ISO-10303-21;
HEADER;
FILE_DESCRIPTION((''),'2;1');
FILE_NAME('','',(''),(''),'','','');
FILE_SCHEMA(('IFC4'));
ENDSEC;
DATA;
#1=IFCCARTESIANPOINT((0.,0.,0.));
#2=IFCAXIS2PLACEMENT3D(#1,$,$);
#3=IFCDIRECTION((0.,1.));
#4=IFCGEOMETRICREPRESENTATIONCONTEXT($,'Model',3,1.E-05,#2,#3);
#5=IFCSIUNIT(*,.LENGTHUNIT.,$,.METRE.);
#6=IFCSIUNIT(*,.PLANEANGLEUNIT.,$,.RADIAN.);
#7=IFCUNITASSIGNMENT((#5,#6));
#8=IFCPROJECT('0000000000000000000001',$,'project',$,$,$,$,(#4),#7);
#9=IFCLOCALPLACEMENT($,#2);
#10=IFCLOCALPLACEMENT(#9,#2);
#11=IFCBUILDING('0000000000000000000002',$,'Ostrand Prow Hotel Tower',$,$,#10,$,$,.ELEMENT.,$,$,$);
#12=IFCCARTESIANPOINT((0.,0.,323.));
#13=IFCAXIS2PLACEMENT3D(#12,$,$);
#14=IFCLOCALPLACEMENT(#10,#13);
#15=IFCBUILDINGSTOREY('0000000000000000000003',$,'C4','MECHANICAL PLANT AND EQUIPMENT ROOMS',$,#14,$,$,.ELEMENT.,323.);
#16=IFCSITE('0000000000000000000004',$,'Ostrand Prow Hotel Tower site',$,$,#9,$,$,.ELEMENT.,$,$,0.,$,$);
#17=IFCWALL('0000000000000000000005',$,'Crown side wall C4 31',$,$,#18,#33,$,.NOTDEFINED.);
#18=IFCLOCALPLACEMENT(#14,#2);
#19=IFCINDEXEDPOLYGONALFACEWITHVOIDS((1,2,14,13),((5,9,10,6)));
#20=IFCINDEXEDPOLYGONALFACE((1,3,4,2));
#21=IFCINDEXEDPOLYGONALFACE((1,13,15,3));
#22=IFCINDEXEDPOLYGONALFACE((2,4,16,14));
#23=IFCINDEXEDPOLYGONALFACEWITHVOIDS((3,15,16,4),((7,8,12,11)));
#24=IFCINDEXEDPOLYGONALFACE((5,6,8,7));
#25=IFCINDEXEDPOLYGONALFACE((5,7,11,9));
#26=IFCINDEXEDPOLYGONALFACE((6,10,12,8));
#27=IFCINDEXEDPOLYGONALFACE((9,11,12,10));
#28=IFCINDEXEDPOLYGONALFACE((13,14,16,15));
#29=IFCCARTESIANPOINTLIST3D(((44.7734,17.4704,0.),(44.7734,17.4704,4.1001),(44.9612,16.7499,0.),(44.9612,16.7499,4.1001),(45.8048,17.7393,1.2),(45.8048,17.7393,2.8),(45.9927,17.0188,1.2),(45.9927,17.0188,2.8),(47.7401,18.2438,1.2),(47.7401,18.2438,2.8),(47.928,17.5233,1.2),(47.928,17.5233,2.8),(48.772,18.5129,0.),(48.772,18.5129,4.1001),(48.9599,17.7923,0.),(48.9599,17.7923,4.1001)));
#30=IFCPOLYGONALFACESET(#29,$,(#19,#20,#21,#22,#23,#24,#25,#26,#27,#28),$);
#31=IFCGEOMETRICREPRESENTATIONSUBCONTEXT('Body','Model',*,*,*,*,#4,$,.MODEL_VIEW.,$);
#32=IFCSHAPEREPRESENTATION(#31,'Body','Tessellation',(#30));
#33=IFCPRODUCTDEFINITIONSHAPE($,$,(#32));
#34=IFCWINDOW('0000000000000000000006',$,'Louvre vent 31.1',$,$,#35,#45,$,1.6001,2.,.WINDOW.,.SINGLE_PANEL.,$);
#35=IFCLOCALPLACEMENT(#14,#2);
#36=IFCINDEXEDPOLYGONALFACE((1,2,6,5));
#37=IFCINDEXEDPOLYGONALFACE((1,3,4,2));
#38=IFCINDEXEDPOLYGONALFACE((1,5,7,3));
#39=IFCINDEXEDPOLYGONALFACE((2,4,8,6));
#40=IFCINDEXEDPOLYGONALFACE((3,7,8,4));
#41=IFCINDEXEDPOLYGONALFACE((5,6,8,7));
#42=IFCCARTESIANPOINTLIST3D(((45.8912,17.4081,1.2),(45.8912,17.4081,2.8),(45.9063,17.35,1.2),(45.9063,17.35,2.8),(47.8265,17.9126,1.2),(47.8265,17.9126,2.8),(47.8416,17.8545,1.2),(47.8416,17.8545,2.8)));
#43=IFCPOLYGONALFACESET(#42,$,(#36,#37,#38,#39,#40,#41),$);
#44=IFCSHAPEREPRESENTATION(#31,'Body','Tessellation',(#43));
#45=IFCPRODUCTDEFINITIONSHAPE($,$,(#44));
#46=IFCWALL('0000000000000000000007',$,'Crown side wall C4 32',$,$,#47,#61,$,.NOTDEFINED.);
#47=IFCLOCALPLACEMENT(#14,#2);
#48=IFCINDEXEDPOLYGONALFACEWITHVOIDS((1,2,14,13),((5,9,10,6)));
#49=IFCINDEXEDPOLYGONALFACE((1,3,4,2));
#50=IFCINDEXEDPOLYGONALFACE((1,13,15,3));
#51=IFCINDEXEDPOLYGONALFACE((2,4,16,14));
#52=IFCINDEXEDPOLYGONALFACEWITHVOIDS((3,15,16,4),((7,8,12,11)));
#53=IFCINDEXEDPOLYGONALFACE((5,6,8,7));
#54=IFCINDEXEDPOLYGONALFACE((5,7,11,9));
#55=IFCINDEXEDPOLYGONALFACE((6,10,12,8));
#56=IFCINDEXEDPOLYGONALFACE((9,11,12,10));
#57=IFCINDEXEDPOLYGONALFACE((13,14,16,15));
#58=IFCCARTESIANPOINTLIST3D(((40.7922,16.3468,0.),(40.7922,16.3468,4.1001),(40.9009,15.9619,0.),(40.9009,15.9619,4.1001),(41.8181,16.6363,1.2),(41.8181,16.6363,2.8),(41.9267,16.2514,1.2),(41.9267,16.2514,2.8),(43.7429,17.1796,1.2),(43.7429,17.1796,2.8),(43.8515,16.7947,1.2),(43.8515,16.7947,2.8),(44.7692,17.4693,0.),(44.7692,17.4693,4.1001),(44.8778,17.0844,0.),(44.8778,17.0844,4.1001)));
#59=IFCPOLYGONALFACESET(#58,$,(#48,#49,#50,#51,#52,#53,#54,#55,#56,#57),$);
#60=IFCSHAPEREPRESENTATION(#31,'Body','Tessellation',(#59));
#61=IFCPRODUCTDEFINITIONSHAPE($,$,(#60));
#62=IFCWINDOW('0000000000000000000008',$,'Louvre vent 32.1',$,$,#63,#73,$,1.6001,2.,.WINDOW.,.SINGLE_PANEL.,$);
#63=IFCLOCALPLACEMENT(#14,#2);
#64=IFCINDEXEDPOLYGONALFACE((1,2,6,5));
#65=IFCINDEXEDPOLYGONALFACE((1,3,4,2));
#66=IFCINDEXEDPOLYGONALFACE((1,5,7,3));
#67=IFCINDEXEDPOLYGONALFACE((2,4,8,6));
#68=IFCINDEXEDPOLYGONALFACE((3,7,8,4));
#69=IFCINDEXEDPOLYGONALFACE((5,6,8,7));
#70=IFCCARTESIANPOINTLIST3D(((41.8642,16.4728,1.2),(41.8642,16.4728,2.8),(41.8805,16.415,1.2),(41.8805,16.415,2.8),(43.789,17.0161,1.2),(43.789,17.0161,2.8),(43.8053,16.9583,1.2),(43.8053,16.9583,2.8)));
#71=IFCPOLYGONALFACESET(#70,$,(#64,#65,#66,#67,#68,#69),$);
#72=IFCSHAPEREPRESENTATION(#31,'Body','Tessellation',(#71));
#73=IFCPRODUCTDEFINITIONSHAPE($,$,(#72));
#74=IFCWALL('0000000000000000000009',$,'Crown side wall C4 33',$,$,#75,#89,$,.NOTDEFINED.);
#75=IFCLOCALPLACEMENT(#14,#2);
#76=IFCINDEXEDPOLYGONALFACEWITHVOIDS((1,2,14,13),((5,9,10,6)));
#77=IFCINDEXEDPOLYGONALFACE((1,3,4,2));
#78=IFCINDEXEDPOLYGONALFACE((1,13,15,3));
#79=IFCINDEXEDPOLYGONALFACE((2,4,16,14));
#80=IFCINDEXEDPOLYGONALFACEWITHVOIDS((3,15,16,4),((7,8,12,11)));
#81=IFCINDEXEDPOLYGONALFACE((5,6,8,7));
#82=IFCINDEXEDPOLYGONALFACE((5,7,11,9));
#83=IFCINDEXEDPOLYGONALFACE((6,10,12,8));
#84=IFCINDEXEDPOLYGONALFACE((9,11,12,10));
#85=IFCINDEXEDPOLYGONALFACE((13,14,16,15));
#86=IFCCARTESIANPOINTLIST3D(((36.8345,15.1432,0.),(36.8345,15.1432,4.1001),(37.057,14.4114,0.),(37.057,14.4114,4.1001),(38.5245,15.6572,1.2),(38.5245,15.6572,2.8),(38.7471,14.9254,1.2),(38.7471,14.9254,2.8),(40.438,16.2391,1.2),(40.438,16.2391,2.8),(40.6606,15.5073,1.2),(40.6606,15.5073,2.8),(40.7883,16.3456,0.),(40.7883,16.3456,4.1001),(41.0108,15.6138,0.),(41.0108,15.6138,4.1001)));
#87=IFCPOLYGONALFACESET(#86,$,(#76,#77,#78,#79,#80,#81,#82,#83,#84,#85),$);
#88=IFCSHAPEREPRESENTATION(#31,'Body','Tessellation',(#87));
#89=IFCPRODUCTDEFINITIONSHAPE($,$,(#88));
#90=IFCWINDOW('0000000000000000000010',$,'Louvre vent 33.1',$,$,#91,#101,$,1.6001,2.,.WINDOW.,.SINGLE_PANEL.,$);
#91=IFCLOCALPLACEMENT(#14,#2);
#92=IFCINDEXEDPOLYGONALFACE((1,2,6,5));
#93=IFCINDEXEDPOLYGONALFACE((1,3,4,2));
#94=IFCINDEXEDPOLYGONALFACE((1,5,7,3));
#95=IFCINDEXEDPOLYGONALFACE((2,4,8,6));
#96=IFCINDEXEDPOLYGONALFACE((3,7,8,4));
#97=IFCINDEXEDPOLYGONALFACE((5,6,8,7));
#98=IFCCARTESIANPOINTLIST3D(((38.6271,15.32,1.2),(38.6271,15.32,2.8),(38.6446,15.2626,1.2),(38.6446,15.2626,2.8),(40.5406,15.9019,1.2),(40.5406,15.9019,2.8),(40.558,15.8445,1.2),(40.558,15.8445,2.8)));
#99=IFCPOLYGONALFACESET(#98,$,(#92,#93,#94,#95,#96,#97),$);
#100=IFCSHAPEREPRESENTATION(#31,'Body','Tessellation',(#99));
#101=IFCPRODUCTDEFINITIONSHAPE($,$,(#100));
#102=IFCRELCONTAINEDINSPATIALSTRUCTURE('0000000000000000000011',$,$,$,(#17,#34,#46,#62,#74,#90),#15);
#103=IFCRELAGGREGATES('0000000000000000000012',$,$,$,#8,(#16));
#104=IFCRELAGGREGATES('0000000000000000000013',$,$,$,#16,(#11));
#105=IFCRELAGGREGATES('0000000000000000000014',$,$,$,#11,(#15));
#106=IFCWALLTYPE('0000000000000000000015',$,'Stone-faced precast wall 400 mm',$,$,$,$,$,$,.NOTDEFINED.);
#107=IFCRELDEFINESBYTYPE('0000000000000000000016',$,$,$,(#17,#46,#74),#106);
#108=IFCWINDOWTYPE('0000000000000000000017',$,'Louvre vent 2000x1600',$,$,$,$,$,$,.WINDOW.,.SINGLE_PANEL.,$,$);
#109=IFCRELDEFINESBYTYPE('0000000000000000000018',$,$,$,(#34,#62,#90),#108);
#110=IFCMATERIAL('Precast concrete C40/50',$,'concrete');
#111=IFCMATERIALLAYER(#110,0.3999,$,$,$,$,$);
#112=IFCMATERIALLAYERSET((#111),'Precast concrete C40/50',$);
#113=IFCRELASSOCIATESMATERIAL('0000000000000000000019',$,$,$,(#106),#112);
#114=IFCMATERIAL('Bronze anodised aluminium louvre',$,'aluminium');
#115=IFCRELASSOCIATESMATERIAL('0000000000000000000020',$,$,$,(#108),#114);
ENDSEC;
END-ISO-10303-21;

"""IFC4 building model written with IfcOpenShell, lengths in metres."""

from ifc_helpers import new_model, si_unit, direction, frame, frame_2d, origin, place, context, subcontext, project, spatial, rectangle, extrude, material, layer, layer_set, type_object, element, fill, save


model = new_model("IFC4")

# Units and contexts
model_context = context("Model", 3, precision=1e-05, world=origin(), true_north=direction((0.0, 1.0)))
body_context = subcontext(model_context, "Body", "Model", "MODEL_VIEW")
ifc_project = project(units=[si_unit("LENGTHUNIT", "METRE"), si_unit("PLANEANGLEUNIT", "RADIAN")], contexts=[model_context])

# Site, building, storey
site_placement = place(None, origin())
site = spatial("IfcSite", under=ifc_project, at=site_placement, Name="Ostrand Prow Hotel Tower site", CompositionType="ELEMENT", RefElevation=0.0)
building_placement = place(site_placement, origin())
building = spatial("IfcBuilding", under=site, at=building_placement, Name="Ostrand Prow Hotel Tower", CompositionType="ELEMENT")
storey_placement = place(building_placement, frame((0.0, 0.0, 323.0)))
storey = spatial("IfcBuildingStorey", under=building, at=storey_placement, Name="C4", Description="MECHANICAL PLANT AND EQUIPMENT ROOMS", CompositionType="ELEMENT", Elevation=323.0)

# Walls, openings, windows
ifc_material_1 = material(Name="Precast concrete C40/50", Category="concrete")
ifc_layer_1 = layer(ifc_material_1, 0.3999)
ifc_layer_set_1 = layer_set([ifc_layer_1], Name="Precast concrete C40/50")
wall_type_1 = type_object("IfcWallType", Name="Stone-faced precast wall 400 mm", PredefinedType="NOTDEFINED", material=ifc_layer_set_1)
wall_1_placement = place(storey_placement, frame((48.866, 18.1526, 0.0), z_axis=(0.0, 0.0, 1.0), x_axis=(-0.967657, -0.252268, 0.0)))
wall_1 = element("IfcWall", 1, at=wall_1_placement, inside=storey, type_object=wall_type_1, Name="Crown side wall C4 31", PredefinedType="NOTDEFINED", context=body_context, shape_type="SweptSolid", body=[
    extrude(rectangle(XDim=4.1323, YDim=0.7446, at=frame_2d((2.0662, 0.0))), origin(), (0.0, 0.0, 1.0), 4.1001),
])
opening_1_placement = place(wall_1_placement, frame((1.0664, 0.0, 1.2)))
opening_1 = element("IfcOpeningElement", 2, at=opening_1_placement, cuts=wall_1, PredefinedType="OPENING", context=body_context, shape_type="SweptSolid", body=[
    extrude(rectangle(XDim=2.0, YDim=1.6001, at=frame_2d((1.0, 0.8))), frame((0.0, 0.3823, 0.0), z_axis=(0.0, -1.0, 0.0), x_axis=(1.0, 0.0, 0.0)), (0.0, 0.0, 1.0), 0.7646),
])
ifc_material_2 = material(Name="Bronze anodised aluminium louvre", Category="aluminium")
window_type = type_object("IfcWindowType", Name="Louvre vent 2000x1600", PartitioningType="SINGLE_PANEL", PredefinedType="WINDOW", material=ifc_material_2)
window_1_placement = place(opening_1_placement, origin())
window_1 = element("IfcWindow", 3, at=window_1_placement, inside=storey, type_object=window_type, Name="Louvre vent 31.1", OverallHeight=1.6001, OverallWidth=2.0, PartitioningType="SINGLE_PANEL", PredefinedType="WINDOW", context=body_context, shape_type="SweptSolid", body=[
    extrude(rectangle(XDim=2.0, YDim=1.6001, at=frame_2d((1.0, 0.8))), frame((0.0, 0.03, 0.0), z_axis=(0.0, -1.0, 0.0), x_axis=(1.0, 0.0, 0.0)), (0.0, 0.0, 1.0), 0.0601),
])
fill(opening_1, window_1)
wall_2_placement = place(storey_placement, frame((44.8235, 17.2769, 0.0), z_axis=(0.0, 0.0, 1.0), x_axis=(-0.962397, -0.271645, 0.0)))
wall_2 = element("IfcWall", 4, at=wall_2_placement, inside=storey, type_object=wall_type_1, Name="Crown side wall C4 32", PredefinedType="NOTDEFINED", context=body_context, shape_type="SweptSolid", body=[
    extrude(rectangle(XDim=4.1323, YDim=0.3999, at=frame_2d((2.0662, 0.0))), origin(), (0.0, 0.0, 1.0), 4.1001),
])
opening_2_placement = place(wall_2_placement, frame((1.0664, 0.0, 1.2)))
opening_2 = element("IfcOpeningElement", 5, at=opening_2_placement, cuts=wall_2, PredefinedType="OPENING", context=body_context, shape_type="SweptSolid", body=[
    extrude(rectangle(XDim=2.0, YDim=1.6001, at=frame_2d((1.0, 0.8))), frame((0.0, 0.21, 0.0), z_axis=(0.0, -1.0, 0.0), x_axis=(1.0, 0.0, 0.0)), (0.0, 0.0, 1.0), 0.4199),
])
window_2_placement = place(opening_2_placement, origin())
window_2 = element("IfcWindow", 6, at=window_2_placement, inside=storey, type_object=window_type, Name="Louvre vent 32.1", OverallHeight=1.6001, OverallWidth=2.0, PartitioningType="SINGLE_PANEL", PredefinedType="WINDOW", context=body_context, shape_type="SweptSolid", body=[
    extrude(rectangle(XDim=2.0, YDim=1.6001, at=frame_2d((1.0, 0.8))), frame((0.0, 0.03, 0.0), z_axis=(0.0, -1.0, 0.0), x_axis=(1.0, 0.0, 0.0)), (0.0, 0.0, 1.0), 0.0601),
])
fill(opening_2, window_2)
wall_3_placement = place(storey_placement, frame((40.8997, 15.9797, 0.0), z_axis=(0.0, 0.0, 1.0), x_axis=(-0.956738, -0.29095, 0.0)))
wall_3 = element("IfcWall", 7, at=wall_3_placement, inside=storey, type_object=wall_type_1, Name="Crown side wall C4 33", PredefinedType="NOTDEFINED", context=body_context, shape_type="SweptSolid", body=[
    extrude(rectangle(XDim=4.1326, YDim=0.7649, at=frame_2d((2.0664, 0.0))), origin(), (0.0, 0.0, 1.0), 4.1001),
])
opening_3_placement = place(wall_3_placement, frame((0.3662, 0.0, 1.2)))
opening_3 = element("IfcOpeningElement", 8, at=opening_3_placement, cuts=wall_3, PredefinedType="OPENING", context=body_context, shape_type="SweptSolid", body=[
    extrude(rectangle(XDim=2.0, YDim=1.6001, at=frame_2d((1.0, 0.8))), frame((0.0, 0.3923, 0.0), z_axis=(0.0, -1.0, 0.0), x_axis=(1.0, 0.0, 0.0)), (0.0, 0.0, 1.0), 0.7849),
])
window_3_placement = place(opening_3_placement, origin())
window_3 = element("IfcWindow", 9, at=window_3_placement, inside=storey, type_object=window_type, Name="Louvre vent 33.1", OverallHeight=1.6001, OverallWidth=2.0, PartitioningType="SINGLE_PANEL", PredefinedType="WINDOW", context=body_context, shape_type="SweptSolid", body=[
    extrude(rectangle(XDim=2.0, YDim=1.6001, at=frame_2d((1.0, 0.8))), frame((0.0, 0.03, 0.0), z_axis=(0.0, -1.0, 0.0), x_axis=(1.0, 0.0, 0.0)), (0.0, 0.0, 1.0), 0.0601),
])
fill(opening_3, window_3)

save(model, "model.ifc")
